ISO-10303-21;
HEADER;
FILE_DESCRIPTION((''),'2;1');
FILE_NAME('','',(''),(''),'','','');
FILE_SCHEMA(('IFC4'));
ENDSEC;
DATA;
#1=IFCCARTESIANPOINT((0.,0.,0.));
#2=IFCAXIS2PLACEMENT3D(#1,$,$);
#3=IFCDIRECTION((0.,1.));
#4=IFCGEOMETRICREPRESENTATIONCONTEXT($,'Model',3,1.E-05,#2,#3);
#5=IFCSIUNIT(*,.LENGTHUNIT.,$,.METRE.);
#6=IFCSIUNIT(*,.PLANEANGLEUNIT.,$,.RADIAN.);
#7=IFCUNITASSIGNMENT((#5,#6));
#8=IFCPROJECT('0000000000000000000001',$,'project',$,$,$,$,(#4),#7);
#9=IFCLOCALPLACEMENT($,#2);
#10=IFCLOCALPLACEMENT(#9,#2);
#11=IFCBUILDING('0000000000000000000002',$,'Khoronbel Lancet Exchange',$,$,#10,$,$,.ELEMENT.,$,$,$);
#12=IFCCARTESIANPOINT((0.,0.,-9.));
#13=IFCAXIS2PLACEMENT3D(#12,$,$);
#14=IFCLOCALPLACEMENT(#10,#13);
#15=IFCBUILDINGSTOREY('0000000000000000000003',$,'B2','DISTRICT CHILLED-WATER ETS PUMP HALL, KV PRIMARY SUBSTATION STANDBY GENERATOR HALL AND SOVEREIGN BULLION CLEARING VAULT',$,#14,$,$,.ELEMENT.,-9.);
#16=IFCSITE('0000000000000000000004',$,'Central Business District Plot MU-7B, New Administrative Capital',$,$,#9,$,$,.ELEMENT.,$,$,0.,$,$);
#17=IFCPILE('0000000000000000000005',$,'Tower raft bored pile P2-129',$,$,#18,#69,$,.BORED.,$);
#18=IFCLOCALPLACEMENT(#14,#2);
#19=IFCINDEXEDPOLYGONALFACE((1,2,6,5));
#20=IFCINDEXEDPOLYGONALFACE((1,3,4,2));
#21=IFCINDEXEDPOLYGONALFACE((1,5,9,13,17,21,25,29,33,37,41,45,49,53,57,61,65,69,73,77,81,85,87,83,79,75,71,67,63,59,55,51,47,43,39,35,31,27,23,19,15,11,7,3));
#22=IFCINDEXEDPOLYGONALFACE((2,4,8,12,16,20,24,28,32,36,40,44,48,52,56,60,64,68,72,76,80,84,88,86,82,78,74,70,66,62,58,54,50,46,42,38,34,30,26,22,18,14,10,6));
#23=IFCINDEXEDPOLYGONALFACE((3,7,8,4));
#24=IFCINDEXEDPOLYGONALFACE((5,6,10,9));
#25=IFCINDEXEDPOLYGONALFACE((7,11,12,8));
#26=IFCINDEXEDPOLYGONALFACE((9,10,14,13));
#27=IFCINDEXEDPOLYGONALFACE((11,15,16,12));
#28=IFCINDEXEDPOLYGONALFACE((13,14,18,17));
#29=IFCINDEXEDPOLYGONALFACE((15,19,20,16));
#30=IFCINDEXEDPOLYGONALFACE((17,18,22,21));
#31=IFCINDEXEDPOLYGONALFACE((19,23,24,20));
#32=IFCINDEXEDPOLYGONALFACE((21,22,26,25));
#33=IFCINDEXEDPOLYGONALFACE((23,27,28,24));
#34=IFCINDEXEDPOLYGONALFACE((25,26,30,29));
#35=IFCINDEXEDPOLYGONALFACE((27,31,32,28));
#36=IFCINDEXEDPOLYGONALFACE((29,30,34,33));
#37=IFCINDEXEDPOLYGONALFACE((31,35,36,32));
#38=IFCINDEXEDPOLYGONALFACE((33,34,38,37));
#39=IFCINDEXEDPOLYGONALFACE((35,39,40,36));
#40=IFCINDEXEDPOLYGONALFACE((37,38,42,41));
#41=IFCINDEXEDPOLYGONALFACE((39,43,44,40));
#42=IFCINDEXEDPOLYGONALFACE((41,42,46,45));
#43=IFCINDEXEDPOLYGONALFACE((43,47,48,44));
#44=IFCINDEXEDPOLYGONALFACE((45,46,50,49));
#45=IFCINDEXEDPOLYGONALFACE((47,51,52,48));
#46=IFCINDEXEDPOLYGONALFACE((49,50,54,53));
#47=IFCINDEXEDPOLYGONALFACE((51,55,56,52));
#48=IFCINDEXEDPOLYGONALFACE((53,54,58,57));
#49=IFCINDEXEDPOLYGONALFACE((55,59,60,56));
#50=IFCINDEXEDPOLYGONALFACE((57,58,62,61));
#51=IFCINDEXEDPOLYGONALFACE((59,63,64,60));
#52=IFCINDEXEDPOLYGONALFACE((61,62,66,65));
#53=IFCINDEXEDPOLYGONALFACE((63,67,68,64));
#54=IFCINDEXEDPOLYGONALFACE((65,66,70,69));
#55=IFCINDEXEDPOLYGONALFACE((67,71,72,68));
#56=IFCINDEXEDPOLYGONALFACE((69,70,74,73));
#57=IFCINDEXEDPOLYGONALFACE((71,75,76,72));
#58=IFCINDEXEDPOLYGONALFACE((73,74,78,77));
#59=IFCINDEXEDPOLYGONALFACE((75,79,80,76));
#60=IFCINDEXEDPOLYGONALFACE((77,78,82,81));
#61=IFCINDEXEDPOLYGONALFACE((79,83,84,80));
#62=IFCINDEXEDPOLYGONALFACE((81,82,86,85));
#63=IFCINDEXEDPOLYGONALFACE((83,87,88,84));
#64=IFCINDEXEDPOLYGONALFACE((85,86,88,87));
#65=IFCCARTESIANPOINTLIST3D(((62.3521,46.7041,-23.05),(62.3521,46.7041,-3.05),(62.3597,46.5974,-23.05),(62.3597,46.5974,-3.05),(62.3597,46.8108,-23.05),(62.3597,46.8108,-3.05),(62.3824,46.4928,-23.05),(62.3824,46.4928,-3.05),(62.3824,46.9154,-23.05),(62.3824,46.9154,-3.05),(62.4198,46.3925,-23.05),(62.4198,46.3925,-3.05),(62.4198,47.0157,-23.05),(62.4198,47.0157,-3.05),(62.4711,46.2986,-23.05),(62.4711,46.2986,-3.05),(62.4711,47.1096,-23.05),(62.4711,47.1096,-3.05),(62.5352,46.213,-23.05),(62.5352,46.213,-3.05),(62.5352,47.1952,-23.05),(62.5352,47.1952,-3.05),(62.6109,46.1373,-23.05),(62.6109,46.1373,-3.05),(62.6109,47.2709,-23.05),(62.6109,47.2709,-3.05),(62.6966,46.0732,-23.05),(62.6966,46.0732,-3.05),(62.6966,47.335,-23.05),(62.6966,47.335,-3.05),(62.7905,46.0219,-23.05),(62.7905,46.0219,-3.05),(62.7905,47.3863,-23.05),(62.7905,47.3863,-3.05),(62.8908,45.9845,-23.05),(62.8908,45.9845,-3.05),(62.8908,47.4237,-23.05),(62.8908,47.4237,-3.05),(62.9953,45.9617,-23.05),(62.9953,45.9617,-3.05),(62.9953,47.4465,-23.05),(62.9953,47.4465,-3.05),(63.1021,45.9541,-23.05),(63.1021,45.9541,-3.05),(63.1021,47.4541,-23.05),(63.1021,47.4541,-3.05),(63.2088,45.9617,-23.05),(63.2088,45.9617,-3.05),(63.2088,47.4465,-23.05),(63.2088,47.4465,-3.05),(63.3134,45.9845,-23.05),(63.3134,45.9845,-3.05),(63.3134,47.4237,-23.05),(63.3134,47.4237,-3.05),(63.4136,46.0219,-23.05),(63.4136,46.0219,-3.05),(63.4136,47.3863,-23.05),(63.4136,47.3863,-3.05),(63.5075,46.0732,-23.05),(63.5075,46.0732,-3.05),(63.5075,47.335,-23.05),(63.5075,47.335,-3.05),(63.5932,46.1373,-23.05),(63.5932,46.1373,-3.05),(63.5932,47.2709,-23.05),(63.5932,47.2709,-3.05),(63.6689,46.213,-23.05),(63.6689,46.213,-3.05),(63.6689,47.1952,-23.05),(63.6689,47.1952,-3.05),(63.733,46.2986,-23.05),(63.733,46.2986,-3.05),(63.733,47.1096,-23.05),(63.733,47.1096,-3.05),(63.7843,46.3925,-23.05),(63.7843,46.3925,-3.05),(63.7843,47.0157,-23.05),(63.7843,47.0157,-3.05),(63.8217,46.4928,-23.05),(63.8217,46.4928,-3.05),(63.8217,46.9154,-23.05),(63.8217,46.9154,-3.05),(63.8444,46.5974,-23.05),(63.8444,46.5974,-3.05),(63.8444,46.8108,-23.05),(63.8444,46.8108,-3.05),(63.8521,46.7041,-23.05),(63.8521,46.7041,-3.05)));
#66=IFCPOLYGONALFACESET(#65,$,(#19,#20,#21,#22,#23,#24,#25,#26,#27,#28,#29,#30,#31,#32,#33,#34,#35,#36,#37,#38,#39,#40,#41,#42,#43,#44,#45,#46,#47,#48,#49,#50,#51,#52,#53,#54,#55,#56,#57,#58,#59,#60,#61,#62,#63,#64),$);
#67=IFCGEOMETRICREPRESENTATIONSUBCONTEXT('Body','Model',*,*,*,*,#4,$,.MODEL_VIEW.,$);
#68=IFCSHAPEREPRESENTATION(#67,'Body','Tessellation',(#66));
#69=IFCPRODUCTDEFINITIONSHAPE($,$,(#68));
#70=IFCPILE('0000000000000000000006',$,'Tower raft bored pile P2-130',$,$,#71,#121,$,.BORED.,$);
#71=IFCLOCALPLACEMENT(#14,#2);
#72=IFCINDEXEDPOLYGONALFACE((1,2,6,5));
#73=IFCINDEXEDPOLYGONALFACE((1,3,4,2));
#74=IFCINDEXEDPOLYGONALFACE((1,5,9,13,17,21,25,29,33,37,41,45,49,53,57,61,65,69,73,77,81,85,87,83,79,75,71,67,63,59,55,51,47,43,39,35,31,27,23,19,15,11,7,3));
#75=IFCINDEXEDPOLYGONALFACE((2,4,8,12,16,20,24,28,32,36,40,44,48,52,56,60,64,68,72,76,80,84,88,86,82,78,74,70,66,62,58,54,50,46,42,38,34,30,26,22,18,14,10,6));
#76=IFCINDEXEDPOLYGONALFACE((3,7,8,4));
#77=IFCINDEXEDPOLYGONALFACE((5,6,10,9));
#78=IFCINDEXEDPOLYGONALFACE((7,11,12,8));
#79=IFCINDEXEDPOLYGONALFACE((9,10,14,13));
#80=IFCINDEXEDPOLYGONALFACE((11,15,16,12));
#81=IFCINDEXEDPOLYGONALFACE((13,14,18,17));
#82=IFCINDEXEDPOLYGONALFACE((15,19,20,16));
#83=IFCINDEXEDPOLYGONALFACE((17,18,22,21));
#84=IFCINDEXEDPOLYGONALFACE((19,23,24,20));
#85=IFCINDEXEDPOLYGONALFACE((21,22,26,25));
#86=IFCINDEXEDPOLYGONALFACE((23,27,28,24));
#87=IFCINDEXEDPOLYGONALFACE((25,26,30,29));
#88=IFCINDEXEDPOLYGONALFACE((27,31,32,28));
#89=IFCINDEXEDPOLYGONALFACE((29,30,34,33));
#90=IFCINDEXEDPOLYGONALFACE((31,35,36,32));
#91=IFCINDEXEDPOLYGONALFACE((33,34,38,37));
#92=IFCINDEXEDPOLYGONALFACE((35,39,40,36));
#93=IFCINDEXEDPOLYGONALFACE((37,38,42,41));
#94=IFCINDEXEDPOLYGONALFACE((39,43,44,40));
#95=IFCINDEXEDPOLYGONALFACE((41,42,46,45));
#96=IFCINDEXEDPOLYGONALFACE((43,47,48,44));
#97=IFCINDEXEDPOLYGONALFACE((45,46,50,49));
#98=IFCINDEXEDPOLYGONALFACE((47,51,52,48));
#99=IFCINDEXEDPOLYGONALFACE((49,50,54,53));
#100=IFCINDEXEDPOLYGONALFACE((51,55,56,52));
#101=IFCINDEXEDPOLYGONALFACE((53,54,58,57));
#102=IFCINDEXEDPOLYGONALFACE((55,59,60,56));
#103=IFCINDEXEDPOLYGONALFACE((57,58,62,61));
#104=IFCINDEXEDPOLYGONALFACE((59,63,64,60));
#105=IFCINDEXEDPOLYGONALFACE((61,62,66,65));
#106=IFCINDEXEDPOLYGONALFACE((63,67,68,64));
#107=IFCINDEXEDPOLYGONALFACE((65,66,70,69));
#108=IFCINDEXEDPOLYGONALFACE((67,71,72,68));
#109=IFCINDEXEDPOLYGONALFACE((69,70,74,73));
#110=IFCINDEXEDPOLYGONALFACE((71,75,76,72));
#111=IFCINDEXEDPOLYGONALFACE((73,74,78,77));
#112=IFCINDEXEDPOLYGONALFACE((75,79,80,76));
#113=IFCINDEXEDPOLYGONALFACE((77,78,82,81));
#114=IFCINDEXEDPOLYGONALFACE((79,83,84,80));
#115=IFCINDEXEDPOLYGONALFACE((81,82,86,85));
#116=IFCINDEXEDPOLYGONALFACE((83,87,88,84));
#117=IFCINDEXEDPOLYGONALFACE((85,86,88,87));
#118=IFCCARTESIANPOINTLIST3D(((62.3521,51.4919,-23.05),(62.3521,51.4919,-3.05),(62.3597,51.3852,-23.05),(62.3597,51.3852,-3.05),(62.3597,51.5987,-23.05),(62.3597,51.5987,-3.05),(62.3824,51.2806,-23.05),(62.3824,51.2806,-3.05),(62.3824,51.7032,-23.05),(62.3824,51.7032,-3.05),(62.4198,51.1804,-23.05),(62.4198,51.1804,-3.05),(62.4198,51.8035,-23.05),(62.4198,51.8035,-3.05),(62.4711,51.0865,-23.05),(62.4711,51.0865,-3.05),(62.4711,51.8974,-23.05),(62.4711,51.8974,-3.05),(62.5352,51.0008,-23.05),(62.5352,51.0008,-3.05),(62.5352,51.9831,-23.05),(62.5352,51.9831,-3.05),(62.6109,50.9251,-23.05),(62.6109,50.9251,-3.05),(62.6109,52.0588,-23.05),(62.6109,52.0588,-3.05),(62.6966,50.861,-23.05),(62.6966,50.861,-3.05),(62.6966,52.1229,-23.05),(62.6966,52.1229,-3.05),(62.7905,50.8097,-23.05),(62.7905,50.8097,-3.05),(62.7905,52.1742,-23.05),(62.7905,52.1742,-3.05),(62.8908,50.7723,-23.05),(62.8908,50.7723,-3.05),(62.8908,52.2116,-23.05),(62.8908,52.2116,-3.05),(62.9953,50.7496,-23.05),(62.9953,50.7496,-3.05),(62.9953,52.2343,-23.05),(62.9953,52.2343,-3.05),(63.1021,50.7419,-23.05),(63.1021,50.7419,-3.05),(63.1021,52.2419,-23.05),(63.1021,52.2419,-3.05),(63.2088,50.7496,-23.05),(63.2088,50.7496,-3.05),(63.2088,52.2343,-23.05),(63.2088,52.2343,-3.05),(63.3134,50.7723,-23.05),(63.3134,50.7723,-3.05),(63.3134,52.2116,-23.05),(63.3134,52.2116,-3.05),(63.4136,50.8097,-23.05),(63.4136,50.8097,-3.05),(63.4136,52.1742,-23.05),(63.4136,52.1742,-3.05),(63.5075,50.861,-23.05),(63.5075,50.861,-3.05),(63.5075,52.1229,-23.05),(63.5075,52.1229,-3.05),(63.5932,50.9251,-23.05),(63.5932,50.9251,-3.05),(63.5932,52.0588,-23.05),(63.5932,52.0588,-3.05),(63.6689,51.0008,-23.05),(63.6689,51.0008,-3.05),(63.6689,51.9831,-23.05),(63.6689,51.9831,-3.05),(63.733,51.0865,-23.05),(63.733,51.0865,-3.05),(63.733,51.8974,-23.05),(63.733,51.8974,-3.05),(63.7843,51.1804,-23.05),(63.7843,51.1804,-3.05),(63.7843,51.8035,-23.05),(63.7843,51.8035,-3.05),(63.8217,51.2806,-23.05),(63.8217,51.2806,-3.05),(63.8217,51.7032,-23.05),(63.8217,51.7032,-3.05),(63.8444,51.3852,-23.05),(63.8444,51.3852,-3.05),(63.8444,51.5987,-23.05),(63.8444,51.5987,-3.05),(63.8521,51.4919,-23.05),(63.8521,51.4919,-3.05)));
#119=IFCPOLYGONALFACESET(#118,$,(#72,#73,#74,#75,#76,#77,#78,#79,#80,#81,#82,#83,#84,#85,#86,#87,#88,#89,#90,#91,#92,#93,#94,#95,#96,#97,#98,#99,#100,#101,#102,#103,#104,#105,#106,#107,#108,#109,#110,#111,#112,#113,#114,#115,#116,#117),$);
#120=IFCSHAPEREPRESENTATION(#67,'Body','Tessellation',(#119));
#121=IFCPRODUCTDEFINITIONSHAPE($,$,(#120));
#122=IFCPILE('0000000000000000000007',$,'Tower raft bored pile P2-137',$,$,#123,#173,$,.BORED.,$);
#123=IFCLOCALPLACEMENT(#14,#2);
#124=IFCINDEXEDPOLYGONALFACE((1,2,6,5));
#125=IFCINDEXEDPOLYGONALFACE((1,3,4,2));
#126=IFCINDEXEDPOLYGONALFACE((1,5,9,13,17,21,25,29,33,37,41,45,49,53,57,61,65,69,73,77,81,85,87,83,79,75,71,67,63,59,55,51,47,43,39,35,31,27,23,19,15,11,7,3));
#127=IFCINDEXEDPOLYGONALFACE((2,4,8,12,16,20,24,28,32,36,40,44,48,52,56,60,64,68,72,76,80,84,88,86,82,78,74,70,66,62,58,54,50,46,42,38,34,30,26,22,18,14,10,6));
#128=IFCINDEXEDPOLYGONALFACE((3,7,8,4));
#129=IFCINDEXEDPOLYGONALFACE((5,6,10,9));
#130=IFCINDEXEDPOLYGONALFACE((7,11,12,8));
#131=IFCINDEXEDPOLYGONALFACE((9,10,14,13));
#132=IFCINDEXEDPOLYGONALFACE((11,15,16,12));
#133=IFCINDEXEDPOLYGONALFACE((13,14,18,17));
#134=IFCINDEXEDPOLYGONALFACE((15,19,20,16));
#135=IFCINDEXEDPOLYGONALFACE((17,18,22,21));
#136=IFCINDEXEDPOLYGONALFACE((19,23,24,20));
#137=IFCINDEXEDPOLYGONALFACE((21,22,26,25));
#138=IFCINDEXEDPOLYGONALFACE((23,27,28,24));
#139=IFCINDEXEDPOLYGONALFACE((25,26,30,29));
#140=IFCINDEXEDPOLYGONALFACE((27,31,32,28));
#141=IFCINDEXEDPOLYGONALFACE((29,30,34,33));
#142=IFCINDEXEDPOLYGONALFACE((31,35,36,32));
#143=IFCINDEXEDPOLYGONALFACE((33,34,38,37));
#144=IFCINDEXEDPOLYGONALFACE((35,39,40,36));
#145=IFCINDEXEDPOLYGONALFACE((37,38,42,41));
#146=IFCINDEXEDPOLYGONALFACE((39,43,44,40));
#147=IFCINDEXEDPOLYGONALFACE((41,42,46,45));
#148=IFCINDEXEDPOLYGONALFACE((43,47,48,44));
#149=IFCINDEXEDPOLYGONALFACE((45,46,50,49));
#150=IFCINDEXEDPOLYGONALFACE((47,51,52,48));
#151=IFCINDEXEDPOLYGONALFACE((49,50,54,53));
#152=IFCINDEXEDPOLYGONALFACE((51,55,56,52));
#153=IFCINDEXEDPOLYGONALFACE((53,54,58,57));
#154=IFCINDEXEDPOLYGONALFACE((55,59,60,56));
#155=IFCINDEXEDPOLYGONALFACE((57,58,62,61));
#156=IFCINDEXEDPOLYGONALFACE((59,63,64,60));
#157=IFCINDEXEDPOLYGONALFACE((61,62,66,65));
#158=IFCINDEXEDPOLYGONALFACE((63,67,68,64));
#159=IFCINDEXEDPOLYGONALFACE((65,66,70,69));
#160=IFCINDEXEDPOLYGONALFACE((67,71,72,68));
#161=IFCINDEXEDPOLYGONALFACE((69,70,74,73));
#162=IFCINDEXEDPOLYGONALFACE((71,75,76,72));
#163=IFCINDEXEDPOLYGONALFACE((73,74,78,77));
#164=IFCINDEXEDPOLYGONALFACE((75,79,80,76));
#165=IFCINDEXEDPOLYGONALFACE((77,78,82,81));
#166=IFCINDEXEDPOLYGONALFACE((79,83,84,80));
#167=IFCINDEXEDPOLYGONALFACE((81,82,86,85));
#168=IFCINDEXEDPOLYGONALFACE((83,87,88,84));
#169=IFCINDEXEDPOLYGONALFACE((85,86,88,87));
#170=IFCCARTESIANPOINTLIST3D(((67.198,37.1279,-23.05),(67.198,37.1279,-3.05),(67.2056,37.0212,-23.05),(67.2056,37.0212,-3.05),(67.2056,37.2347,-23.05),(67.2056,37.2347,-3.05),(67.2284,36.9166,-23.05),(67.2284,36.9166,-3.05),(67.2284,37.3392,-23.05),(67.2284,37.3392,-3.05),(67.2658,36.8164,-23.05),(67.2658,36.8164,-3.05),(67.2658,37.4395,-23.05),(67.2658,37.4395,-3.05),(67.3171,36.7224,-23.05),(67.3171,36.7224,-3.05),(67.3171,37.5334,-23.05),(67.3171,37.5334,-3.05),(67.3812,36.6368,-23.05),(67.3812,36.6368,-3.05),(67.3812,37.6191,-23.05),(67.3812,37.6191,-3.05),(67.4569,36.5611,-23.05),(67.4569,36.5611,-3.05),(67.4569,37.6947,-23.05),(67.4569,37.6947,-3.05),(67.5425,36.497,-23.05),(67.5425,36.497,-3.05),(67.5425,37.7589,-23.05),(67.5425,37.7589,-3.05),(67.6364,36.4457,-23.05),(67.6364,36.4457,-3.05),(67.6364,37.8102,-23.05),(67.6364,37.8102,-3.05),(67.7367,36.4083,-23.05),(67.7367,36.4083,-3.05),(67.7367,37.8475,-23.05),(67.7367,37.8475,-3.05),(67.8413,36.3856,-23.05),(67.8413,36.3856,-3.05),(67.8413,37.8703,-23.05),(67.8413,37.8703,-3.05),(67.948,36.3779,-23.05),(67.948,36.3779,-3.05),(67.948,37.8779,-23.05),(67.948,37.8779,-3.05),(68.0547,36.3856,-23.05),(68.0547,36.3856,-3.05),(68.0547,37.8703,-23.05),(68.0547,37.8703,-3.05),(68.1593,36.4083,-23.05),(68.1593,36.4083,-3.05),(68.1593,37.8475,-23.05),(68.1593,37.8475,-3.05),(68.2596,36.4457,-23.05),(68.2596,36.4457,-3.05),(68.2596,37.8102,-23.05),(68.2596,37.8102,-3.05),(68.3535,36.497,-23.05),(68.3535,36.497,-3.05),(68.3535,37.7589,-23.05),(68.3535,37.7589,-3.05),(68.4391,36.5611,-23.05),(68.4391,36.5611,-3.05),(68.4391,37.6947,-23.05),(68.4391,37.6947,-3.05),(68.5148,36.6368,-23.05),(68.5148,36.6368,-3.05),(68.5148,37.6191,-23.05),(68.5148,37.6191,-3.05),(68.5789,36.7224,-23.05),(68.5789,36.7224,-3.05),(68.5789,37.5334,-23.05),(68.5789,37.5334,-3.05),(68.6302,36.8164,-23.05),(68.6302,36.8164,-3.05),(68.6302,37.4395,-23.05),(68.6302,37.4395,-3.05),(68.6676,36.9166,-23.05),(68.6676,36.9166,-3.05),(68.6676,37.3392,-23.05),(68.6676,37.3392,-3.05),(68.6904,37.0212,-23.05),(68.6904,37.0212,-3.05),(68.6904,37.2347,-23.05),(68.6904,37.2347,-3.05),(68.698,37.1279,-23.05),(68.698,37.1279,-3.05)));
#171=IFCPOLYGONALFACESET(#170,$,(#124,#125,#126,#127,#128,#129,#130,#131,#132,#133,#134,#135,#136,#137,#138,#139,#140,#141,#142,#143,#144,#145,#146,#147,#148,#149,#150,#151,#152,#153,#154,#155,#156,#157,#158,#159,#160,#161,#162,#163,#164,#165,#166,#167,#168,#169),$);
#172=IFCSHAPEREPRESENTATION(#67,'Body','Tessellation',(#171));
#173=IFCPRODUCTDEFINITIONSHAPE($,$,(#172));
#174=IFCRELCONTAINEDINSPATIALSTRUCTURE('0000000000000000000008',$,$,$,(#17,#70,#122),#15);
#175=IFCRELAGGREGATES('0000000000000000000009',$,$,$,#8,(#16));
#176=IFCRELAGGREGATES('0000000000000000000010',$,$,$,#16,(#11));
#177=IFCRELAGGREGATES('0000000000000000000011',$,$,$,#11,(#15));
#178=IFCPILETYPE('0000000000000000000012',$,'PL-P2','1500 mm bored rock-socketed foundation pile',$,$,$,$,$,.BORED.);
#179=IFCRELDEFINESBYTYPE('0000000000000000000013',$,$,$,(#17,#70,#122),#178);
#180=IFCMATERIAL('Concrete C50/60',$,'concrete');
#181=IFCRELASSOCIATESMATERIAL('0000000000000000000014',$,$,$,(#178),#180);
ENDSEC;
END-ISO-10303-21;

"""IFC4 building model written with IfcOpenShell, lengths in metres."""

from ifc_helpers import new_model, si_unit, direction, frame, origin, origin_2d, place, context, subcontext, project, spatial, circle, extrude, material, material_profile, profile_set, type_object, element, save


model = new_model("IFC4")

# Units and contexts
model_context = context("Model", 3, precision=1e-05, world=origin(), true_north=direction((0.0, 1.0)))
body_context = subcontext(model_context, "Body", "Model", "MODEL_VIEW")
ifc_project = project(units=[si_unit("LENGTHUNIT", "METRE"), si_unit("PLANEANGLEUNIT", "RADIAN")], contexts=[model_context])

# Site, building, storey
site_placement = place(None, origin())
site = spatial("IfcSite", under=ifc_project, at=site_placement, Name="Central Business District Plot MU-7B, New Administrative Capital", CompositionType="ELEMENT", RefElevation=0.0)
building_placement = place(site_placement, origin())
building = spatial("IfcBuilding", under=site, at=building_placement, Name="Khoronbel Lancet Exchange", CompositionType="ELEMENT")
storey_placement = place(building_placement, frame((0.0, 0.0, -9.0)))
storey = spatial("IfcBuildingStorey", under=building, at=storey_placement, Name="B2", Description="DISTRICT CHILLED-WATER ETS PUMP HALL, KV PRIMARY SUBSTATION STANDBY GENERATOR HALL AND SOVEREIGN BULLION CLEARING VAULT", CompositionType="ELEMENT", Elevation=-9.0)

# Shared definitions
ifc_material_1 = material(Name="Concrete C50/60", Category="concrete")

# Piles
ifc_material_profile_1 = material_profile(ifc_material_1, circle(Radius=0.75, at=origin_2d()), Name="BORED PILE D1500")
ifc_profile_set_1 = profile_set([ifc_material_profile_1], Name="Concrete C50/60")
pile_type_1 = type_object("IfcPileType", Name="PL-P2", Description="1500 mm bored rock-socketed foundation pile", PredefinedType="BORED", material=ifc_profile_set_1)
for number, where, z_axis, x_axis, name in (
    (1, (63.1021, 46.7041, -3.05), (0.0, 0.0, -1.0), (1.0, 0.0, 0.0), "Tower raft bored pile P2-129"),
    (2, (63.1021, 51.4919, -3.05), (0.0, 0.0, -1.0), (1.0, 0.0, 0.0), "Tower raft bored pile P2-130"),
    (3, (67.948, 37.1279, -3.05), (0.0, 0.0, -1.0), (1.0, 0.0, 0.0), "Tower raft bored pile P2-137"),
):
    element("IfcPile", number, at=place(storey_placement, frame(where, z_axis=z_axis, x_axis=x_axis)), inside=storey, type_object=pile_type_1, Name=name, PredefinedType="BORED", context=body_context, shape_type="SweptSolid", body=[
        extrude(circle(Radius=0.75, at=origin_2d()), origin(), (0.0, 0.0, 1.0), 20.0),
    ])

save(model, "model.ifc")
